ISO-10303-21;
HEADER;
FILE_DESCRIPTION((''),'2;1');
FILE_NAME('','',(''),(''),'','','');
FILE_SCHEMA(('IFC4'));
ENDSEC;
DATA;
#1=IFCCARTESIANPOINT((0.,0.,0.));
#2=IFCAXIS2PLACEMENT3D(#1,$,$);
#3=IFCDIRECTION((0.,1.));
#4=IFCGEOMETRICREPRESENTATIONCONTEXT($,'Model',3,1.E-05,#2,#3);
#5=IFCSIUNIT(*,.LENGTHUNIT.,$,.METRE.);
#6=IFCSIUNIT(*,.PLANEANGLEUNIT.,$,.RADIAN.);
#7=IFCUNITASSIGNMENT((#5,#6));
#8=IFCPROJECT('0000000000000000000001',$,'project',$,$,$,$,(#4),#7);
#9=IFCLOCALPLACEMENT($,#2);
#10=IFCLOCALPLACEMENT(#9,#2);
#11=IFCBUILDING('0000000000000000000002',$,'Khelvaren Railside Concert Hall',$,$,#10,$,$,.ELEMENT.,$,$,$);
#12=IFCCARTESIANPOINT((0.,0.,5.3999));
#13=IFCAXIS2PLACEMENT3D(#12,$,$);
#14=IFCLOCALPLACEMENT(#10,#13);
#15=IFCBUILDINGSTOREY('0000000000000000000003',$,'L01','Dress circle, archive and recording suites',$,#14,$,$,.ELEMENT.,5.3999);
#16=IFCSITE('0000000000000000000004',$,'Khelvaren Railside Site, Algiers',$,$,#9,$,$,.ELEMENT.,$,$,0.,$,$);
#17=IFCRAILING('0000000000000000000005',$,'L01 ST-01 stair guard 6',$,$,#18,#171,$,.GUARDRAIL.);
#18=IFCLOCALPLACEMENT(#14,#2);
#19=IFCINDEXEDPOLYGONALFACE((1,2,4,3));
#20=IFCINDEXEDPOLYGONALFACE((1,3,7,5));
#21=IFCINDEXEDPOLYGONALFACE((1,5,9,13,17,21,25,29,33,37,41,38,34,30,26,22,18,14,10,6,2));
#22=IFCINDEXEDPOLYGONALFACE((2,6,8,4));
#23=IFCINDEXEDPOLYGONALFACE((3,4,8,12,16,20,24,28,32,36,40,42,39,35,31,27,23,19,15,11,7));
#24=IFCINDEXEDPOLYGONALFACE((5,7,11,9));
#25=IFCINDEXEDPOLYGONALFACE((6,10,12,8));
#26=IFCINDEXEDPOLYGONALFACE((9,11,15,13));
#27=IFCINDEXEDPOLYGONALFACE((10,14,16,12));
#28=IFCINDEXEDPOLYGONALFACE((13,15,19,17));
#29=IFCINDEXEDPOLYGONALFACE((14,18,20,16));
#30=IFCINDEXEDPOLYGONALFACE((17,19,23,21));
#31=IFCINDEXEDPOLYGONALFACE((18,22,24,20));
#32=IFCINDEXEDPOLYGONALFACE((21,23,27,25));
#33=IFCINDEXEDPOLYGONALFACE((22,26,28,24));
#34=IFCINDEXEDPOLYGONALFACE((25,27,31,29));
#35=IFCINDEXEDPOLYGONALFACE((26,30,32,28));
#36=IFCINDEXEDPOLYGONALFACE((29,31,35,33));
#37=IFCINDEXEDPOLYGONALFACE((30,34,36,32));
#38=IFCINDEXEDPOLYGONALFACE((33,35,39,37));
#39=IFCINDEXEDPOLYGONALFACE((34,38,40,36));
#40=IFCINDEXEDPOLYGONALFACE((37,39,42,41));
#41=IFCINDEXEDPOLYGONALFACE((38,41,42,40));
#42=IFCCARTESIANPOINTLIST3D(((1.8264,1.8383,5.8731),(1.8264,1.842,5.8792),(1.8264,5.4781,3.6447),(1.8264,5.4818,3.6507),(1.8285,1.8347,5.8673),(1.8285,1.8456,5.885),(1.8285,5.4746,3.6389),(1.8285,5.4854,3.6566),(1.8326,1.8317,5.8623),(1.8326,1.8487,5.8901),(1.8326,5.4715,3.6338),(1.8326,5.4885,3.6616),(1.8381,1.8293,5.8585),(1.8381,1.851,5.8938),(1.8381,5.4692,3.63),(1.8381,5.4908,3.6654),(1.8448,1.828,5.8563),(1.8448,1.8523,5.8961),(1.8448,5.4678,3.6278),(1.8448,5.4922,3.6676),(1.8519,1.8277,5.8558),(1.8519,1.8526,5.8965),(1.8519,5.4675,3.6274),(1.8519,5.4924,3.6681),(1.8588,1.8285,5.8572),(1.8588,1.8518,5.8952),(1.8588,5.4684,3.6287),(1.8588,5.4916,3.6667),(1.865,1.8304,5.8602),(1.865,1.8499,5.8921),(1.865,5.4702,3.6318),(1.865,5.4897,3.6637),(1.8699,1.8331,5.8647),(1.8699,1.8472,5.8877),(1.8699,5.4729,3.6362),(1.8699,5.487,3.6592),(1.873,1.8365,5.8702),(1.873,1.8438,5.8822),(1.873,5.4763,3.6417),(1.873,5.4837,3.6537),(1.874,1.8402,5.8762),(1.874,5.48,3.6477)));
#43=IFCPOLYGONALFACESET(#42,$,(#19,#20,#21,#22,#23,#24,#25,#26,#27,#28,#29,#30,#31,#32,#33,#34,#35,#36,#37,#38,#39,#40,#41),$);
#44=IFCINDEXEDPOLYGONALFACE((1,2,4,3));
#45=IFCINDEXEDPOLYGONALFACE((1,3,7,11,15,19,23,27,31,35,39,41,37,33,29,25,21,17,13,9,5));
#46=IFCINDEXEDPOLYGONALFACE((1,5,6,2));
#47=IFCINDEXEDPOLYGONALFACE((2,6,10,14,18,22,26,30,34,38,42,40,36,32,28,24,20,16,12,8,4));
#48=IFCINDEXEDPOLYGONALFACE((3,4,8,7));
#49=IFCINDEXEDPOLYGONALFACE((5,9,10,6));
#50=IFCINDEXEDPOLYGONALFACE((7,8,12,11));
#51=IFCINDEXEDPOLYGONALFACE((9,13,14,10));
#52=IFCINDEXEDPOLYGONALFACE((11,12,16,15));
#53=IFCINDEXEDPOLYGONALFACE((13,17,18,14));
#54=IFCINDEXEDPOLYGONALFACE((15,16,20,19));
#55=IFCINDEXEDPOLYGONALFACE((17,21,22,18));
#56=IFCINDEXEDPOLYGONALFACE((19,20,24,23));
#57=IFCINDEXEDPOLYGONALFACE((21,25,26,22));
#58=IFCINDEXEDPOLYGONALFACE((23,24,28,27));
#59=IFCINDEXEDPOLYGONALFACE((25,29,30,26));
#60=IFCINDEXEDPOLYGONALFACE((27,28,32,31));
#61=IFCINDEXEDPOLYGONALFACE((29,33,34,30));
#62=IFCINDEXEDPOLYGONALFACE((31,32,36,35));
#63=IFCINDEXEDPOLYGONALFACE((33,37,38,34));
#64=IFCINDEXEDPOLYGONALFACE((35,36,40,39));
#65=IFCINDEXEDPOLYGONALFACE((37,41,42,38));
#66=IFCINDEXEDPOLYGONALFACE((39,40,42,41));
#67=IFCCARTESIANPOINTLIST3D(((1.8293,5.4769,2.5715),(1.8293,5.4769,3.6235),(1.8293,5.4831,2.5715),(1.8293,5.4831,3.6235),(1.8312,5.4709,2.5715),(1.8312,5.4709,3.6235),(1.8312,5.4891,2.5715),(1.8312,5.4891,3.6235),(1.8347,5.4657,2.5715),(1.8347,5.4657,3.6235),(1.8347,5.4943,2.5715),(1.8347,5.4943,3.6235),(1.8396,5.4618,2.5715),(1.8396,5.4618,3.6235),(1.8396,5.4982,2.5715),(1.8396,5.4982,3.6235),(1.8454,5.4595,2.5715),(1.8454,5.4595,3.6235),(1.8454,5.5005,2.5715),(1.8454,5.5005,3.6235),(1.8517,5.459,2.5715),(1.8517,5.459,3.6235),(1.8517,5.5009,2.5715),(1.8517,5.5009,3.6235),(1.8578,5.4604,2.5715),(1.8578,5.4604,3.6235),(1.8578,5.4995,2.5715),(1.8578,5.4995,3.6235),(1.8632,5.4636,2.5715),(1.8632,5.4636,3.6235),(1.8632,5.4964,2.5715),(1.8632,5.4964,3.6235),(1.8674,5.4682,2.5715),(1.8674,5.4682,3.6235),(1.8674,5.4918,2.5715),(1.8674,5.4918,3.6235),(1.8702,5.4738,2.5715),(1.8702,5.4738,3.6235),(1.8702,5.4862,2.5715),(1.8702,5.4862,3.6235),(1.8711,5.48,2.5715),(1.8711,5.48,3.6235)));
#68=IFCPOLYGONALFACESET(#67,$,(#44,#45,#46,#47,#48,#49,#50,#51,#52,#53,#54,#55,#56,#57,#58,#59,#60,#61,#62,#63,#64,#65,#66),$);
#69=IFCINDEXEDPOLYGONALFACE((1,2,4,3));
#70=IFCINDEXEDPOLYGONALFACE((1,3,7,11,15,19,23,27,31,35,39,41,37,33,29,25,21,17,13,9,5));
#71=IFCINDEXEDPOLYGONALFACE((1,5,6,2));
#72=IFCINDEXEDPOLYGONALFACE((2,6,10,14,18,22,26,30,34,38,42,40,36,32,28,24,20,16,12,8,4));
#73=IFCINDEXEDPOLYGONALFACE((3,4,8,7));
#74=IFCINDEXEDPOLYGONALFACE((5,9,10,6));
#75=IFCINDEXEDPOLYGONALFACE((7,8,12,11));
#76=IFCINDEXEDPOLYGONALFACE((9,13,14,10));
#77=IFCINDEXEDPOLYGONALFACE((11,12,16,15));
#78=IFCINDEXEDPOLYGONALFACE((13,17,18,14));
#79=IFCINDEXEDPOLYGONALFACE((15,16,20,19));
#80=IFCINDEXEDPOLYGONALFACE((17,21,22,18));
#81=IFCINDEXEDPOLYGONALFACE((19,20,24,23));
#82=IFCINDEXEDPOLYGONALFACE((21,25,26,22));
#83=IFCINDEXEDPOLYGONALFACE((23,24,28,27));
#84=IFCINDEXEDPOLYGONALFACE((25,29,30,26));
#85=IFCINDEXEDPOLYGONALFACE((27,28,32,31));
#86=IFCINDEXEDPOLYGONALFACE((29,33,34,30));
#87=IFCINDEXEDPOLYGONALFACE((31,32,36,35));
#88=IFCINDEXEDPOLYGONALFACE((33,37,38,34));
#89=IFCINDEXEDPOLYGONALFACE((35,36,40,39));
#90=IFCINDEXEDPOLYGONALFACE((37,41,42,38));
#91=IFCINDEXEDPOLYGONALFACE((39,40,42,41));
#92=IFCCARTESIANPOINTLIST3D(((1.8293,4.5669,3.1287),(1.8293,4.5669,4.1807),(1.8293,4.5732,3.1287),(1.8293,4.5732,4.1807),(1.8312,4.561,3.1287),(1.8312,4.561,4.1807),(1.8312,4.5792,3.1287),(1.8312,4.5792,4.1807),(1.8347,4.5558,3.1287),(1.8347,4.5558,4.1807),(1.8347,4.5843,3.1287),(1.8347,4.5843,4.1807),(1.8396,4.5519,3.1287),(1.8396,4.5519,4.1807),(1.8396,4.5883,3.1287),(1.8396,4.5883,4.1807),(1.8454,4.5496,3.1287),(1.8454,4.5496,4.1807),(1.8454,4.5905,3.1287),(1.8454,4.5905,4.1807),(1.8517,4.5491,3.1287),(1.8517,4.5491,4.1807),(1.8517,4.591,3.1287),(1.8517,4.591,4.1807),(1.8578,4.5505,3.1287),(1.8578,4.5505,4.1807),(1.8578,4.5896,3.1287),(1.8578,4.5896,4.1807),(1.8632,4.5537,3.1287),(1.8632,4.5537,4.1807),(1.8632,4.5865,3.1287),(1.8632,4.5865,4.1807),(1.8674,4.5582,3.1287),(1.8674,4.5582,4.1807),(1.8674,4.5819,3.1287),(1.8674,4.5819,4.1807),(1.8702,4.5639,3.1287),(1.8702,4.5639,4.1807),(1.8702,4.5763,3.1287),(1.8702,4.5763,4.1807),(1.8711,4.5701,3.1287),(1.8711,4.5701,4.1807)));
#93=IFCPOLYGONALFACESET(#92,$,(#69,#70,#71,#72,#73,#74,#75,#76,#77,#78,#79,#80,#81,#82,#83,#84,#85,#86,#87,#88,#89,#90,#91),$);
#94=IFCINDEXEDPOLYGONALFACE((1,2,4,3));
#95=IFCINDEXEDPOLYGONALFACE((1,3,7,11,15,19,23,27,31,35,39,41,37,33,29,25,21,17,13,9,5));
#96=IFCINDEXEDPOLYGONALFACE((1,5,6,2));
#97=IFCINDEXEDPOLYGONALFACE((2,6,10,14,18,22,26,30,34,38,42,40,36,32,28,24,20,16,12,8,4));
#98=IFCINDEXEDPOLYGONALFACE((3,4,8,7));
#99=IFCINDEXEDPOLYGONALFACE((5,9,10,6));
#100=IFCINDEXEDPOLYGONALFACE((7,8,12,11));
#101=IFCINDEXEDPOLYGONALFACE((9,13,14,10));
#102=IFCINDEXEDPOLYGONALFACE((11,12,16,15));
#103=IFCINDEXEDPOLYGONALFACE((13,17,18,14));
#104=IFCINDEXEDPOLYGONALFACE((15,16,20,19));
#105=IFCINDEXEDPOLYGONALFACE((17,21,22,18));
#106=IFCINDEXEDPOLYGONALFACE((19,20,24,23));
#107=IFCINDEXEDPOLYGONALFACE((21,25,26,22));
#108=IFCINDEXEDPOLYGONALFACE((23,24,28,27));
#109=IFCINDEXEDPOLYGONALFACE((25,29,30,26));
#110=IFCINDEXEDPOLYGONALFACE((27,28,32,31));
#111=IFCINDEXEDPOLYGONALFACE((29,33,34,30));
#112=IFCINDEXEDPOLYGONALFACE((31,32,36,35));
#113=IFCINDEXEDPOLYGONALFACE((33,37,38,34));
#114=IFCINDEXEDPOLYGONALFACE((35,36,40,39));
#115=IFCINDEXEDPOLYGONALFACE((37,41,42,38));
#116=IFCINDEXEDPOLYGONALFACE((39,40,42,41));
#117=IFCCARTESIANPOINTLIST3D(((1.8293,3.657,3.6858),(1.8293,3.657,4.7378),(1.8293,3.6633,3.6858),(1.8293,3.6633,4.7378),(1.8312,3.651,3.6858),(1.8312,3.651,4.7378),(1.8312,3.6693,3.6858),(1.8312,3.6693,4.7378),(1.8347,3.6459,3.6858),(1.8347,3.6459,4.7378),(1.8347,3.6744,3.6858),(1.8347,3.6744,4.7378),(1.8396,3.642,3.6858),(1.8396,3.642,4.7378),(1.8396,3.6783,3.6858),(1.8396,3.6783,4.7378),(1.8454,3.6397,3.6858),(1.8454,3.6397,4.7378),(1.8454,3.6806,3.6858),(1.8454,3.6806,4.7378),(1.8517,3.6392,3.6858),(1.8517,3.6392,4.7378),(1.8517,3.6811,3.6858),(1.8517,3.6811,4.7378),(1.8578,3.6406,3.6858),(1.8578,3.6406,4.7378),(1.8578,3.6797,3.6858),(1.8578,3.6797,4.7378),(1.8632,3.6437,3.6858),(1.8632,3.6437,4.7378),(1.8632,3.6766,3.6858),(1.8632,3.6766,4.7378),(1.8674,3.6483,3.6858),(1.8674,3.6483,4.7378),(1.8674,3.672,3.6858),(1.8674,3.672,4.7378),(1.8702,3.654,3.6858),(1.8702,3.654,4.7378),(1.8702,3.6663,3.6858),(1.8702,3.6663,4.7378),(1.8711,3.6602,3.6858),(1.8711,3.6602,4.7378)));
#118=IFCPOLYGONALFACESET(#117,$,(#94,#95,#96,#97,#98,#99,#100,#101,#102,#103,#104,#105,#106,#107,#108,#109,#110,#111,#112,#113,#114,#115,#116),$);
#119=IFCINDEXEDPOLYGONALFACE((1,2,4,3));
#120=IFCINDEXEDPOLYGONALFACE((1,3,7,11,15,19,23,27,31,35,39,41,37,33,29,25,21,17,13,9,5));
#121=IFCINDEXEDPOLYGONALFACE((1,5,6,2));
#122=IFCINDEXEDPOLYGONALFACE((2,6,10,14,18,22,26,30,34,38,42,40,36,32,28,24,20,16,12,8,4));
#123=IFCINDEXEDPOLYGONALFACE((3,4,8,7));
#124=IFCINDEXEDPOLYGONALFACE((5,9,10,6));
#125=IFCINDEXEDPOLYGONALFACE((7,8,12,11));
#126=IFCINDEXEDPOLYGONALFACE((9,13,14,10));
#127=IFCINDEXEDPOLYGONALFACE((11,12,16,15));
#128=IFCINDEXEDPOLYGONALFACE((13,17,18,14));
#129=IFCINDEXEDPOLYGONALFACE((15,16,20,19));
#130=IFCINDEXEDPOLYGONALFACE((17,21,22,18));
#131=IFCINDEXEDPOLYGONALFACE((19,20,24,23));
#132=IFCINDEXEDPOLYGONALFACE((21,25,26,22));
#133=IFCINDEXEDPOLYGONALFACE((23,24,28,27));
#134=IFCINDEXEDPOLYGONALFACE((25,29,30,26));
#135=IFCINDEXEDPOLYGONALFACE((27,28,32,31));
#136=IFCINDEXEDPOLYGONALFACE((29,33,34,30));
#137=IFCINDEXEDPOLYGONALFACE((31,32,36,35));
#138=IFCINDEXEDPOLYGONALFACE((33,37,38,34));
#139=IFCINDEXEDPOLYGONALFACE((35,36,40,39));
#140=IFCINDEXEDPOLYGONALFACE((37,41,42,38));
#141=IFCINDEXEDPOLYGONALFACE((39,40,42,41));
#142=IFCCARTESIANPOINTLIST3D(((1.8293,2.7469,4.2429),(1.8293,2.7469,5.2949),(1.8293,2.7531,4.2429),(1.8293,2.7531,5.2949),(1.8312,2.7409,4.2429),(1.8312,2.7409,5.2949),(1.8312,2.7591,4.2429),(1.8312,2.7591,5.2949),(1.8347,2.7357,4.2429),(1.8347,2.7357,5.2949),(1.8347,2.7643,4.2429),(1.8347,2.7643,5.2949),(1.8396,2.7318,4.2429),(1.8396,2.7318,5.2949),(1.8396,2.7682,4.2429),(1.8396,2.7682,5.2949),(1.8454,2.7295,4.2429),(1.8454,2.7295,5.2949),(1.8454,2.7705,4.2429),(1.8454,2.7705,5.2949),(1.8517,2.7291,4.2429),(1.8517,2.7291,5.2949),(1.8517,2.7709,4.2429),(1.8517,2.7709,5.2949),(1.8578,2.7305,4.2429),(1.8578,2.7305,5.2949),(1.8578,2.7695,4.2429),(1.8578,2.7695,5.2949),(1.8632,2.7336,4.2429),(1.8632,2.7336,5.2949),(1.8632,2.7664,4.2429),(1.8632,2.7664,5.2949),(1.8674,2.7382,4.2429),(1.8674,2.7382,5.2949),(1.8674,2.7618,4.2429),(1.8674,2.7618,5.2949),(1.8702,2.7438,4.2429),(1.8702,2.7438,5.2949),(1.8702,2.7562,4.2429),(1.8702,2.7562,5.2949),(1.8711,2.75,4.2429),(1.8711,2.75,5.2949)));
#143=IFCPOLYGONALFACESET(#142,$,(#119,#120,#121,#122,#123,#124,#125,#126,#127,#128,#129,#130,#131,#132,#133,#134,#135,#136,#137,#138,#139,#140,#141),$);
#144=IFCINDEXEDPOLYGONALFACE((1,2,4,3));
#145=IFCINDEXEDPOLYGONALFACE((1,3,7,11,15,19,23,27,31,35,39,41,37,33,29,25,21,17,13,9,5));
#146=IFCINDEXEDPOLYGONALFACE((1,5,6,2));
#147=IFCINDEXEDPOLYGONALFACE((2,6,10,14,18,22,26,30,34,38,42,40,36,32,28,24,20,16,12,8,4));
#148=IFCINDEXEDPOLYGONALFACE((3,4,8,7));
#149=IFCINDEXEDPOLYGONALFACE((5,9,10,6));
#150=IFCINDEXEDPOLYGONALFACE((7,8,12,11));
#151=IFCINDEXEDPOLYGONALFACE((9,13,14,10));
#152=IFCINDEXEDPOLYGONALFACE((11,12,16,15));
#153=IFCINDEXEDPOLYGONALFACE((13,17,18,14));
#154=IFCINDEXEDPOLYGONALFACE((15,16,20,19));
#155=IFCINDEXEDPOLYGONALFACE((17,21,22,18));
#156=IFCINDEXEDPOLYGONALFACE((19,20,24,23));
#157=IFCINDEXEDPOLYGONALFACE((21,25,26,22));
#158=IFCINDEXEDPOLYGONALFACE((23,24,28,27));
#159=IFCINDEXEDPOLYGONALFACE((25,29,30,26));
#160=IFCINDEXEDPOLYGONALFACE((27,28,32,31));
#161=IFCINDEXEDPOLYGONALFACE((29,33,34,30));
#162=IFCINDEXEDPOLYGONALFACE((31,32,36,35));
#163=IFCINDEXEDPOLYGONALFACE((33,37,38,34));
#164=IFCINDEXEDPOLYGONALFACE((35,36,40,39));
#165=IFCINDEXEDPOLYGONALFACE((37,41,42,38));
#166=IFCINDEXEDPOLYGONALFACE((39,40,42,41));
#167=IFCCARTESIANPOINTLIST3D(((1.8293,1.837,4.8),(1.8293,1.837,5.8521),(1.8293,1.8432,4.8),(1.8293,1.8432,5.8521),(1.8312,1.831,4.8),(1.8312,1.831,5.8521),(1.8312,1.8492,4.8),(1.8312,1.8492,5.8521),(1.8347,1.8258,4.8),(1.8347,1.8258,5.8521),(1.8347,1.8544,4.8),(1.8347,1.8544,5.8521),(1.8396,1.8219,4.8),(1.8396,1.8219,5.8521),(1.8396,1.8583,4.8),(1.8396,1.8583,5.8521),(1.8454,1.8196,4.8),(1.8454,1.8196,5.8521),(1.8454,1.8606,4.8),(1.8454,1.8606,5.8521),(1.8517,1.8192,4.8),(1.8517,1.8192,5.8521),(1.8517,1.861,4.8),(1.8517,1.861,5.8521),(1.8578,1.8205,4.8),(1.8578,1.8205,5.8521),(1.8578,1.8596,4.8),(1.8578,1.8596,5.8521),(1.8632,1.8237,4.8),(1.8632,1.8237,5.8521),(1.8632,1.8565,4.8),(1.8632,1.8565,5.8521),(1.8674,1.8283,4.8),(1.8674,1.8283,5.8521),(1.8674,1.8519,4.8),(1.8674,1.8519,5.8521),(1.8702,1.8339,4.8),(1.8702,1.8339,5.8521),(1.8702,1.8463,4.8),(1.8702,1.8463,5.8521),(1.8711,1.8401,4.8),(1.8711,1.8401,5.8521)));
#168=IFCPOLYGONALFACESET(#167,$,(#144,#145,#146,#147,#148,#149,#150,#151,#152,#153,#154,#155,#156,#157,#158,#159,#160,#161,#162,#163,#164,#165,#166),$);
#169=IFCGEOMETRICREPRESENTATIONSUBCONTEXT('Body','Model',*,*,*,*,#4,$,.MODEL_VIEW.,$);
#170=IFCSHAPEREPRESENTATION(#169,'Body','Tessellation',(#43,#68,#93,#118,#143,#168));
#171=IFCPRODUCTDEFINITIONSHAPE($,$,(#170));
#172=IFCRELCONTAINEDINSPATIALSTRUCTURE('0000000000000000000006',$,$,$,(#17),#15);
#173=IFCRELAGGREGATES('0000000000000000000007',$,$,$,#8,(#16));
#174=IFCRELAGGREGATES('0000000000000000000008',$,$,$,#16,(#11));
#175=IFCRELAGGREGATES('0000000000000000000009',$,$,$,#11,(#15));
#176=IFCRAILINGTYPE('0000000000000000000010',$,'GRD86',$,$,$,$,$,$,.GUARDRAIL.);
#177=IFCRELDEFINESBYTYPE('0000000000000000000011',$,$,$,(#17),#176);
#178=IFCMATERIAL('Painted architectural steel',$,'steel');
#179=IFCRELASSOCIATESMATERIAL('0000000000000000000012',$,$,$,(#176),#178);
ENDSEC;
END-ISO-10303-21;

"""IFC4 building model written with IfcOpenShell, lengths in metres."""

from ifc_helpers import new_model, si_unit, direction, frame, origin, origin_2d, place, context, subcontext, project, spatial, circle, extrude, material, type_object, element, save


model = new_model("IFC4")

# Units and contexts
model_context = context("Model", 3, precision=1e-05, world=origin(), true_north=direction((0.0, 1.0)))
body_context = subcontext(model_context, "Body", "Model", "MODEL_VIEW")
ifc_project = project(units=[si_unit("LENGTHUNIT", "METRE"), si_unit("PLANEANGLEUNIT", "RADIAN")], contexts=[model_context])

# Site, building, storey
site_placement = place(None, origin())
site = spatial("IfcSite", under=ifc_project, at=site_placement, Name="Khelvaren Railside Site, Algiers", CompositionType="ELEMENT", RefElevation=0.0)
building_placement = place(site_placement, origin())
building = spatial("IfcBuilding", under=site, at=building_placement, Name="Khelvaren Railside Concert Hall", CompositionType="ELEMENT")
storey_placement = place(building_placement, frame((0.0, 0.0, 5.3999)))
storey = spatial("IfcBuildingStorey", under=building, at=storey_placement, Name="L01", Description="Dress circle, archive and recording suites", CompositionType="ELEMENT", Elevation=5.3999)

# Railing
ifc_material_1 = material(Name="Painted architectural steel", Category="steel")
railing_type_1 = type_object("IfcRailingType", Name="GRD86", PredefinedType="GUARDRAIL", material=ifc_material_1)
railing_1_placement = place(storey_placement, frame((1.8501, 5.48, 2.5715)))
element("IfcRailing", 1, at=railing_1_placement, inside=storey, type_object=railing_type_1, Name="L01 ST-01 stair guard 6", PredefinedType="GUARDRAIL", context=body_context, shape_type="SweptSolid", body=[
    extrude(circle(Radius=0.0239, at=origin_2d()), frame((0.0, 0.0, 1.0762), z_axis=(0.0, -0.85285, 0.522156), x_axis=(1.0, 0.0, 0.0)), (0.0, 0.0, 1.0), 4.2678),
    extrude(circle(Radius=0.021, at=origin_2d()), origin(), (0.0, 0.0, 1.0), 1.052),
    extrude(circle(Radius=0.021, at=origin_2d()), frame((0.0, -0.9099, 0.5571)), (0.0, 0.0, 1.0), 1.052),
    extrude(circle(Radius=0.021, at=origin_2d()), frame((0.0, -1.8198, 1.1143)), (0.0, 0.0, 1.0), 1.052),
    extrude(circle(Radius=0.021, at=origin_2d()), frame((0.0, -2.73, 1.6714)), (0.0, 0.0, 1.0), 1.052),
    extrude(circle(Radius=0.021, at=origin_2d()), frame((0.0, -3.6399, 2.2285)), (0.0, 0.0, 1.0), 1.052),
])

save(model, "model.ifc")
